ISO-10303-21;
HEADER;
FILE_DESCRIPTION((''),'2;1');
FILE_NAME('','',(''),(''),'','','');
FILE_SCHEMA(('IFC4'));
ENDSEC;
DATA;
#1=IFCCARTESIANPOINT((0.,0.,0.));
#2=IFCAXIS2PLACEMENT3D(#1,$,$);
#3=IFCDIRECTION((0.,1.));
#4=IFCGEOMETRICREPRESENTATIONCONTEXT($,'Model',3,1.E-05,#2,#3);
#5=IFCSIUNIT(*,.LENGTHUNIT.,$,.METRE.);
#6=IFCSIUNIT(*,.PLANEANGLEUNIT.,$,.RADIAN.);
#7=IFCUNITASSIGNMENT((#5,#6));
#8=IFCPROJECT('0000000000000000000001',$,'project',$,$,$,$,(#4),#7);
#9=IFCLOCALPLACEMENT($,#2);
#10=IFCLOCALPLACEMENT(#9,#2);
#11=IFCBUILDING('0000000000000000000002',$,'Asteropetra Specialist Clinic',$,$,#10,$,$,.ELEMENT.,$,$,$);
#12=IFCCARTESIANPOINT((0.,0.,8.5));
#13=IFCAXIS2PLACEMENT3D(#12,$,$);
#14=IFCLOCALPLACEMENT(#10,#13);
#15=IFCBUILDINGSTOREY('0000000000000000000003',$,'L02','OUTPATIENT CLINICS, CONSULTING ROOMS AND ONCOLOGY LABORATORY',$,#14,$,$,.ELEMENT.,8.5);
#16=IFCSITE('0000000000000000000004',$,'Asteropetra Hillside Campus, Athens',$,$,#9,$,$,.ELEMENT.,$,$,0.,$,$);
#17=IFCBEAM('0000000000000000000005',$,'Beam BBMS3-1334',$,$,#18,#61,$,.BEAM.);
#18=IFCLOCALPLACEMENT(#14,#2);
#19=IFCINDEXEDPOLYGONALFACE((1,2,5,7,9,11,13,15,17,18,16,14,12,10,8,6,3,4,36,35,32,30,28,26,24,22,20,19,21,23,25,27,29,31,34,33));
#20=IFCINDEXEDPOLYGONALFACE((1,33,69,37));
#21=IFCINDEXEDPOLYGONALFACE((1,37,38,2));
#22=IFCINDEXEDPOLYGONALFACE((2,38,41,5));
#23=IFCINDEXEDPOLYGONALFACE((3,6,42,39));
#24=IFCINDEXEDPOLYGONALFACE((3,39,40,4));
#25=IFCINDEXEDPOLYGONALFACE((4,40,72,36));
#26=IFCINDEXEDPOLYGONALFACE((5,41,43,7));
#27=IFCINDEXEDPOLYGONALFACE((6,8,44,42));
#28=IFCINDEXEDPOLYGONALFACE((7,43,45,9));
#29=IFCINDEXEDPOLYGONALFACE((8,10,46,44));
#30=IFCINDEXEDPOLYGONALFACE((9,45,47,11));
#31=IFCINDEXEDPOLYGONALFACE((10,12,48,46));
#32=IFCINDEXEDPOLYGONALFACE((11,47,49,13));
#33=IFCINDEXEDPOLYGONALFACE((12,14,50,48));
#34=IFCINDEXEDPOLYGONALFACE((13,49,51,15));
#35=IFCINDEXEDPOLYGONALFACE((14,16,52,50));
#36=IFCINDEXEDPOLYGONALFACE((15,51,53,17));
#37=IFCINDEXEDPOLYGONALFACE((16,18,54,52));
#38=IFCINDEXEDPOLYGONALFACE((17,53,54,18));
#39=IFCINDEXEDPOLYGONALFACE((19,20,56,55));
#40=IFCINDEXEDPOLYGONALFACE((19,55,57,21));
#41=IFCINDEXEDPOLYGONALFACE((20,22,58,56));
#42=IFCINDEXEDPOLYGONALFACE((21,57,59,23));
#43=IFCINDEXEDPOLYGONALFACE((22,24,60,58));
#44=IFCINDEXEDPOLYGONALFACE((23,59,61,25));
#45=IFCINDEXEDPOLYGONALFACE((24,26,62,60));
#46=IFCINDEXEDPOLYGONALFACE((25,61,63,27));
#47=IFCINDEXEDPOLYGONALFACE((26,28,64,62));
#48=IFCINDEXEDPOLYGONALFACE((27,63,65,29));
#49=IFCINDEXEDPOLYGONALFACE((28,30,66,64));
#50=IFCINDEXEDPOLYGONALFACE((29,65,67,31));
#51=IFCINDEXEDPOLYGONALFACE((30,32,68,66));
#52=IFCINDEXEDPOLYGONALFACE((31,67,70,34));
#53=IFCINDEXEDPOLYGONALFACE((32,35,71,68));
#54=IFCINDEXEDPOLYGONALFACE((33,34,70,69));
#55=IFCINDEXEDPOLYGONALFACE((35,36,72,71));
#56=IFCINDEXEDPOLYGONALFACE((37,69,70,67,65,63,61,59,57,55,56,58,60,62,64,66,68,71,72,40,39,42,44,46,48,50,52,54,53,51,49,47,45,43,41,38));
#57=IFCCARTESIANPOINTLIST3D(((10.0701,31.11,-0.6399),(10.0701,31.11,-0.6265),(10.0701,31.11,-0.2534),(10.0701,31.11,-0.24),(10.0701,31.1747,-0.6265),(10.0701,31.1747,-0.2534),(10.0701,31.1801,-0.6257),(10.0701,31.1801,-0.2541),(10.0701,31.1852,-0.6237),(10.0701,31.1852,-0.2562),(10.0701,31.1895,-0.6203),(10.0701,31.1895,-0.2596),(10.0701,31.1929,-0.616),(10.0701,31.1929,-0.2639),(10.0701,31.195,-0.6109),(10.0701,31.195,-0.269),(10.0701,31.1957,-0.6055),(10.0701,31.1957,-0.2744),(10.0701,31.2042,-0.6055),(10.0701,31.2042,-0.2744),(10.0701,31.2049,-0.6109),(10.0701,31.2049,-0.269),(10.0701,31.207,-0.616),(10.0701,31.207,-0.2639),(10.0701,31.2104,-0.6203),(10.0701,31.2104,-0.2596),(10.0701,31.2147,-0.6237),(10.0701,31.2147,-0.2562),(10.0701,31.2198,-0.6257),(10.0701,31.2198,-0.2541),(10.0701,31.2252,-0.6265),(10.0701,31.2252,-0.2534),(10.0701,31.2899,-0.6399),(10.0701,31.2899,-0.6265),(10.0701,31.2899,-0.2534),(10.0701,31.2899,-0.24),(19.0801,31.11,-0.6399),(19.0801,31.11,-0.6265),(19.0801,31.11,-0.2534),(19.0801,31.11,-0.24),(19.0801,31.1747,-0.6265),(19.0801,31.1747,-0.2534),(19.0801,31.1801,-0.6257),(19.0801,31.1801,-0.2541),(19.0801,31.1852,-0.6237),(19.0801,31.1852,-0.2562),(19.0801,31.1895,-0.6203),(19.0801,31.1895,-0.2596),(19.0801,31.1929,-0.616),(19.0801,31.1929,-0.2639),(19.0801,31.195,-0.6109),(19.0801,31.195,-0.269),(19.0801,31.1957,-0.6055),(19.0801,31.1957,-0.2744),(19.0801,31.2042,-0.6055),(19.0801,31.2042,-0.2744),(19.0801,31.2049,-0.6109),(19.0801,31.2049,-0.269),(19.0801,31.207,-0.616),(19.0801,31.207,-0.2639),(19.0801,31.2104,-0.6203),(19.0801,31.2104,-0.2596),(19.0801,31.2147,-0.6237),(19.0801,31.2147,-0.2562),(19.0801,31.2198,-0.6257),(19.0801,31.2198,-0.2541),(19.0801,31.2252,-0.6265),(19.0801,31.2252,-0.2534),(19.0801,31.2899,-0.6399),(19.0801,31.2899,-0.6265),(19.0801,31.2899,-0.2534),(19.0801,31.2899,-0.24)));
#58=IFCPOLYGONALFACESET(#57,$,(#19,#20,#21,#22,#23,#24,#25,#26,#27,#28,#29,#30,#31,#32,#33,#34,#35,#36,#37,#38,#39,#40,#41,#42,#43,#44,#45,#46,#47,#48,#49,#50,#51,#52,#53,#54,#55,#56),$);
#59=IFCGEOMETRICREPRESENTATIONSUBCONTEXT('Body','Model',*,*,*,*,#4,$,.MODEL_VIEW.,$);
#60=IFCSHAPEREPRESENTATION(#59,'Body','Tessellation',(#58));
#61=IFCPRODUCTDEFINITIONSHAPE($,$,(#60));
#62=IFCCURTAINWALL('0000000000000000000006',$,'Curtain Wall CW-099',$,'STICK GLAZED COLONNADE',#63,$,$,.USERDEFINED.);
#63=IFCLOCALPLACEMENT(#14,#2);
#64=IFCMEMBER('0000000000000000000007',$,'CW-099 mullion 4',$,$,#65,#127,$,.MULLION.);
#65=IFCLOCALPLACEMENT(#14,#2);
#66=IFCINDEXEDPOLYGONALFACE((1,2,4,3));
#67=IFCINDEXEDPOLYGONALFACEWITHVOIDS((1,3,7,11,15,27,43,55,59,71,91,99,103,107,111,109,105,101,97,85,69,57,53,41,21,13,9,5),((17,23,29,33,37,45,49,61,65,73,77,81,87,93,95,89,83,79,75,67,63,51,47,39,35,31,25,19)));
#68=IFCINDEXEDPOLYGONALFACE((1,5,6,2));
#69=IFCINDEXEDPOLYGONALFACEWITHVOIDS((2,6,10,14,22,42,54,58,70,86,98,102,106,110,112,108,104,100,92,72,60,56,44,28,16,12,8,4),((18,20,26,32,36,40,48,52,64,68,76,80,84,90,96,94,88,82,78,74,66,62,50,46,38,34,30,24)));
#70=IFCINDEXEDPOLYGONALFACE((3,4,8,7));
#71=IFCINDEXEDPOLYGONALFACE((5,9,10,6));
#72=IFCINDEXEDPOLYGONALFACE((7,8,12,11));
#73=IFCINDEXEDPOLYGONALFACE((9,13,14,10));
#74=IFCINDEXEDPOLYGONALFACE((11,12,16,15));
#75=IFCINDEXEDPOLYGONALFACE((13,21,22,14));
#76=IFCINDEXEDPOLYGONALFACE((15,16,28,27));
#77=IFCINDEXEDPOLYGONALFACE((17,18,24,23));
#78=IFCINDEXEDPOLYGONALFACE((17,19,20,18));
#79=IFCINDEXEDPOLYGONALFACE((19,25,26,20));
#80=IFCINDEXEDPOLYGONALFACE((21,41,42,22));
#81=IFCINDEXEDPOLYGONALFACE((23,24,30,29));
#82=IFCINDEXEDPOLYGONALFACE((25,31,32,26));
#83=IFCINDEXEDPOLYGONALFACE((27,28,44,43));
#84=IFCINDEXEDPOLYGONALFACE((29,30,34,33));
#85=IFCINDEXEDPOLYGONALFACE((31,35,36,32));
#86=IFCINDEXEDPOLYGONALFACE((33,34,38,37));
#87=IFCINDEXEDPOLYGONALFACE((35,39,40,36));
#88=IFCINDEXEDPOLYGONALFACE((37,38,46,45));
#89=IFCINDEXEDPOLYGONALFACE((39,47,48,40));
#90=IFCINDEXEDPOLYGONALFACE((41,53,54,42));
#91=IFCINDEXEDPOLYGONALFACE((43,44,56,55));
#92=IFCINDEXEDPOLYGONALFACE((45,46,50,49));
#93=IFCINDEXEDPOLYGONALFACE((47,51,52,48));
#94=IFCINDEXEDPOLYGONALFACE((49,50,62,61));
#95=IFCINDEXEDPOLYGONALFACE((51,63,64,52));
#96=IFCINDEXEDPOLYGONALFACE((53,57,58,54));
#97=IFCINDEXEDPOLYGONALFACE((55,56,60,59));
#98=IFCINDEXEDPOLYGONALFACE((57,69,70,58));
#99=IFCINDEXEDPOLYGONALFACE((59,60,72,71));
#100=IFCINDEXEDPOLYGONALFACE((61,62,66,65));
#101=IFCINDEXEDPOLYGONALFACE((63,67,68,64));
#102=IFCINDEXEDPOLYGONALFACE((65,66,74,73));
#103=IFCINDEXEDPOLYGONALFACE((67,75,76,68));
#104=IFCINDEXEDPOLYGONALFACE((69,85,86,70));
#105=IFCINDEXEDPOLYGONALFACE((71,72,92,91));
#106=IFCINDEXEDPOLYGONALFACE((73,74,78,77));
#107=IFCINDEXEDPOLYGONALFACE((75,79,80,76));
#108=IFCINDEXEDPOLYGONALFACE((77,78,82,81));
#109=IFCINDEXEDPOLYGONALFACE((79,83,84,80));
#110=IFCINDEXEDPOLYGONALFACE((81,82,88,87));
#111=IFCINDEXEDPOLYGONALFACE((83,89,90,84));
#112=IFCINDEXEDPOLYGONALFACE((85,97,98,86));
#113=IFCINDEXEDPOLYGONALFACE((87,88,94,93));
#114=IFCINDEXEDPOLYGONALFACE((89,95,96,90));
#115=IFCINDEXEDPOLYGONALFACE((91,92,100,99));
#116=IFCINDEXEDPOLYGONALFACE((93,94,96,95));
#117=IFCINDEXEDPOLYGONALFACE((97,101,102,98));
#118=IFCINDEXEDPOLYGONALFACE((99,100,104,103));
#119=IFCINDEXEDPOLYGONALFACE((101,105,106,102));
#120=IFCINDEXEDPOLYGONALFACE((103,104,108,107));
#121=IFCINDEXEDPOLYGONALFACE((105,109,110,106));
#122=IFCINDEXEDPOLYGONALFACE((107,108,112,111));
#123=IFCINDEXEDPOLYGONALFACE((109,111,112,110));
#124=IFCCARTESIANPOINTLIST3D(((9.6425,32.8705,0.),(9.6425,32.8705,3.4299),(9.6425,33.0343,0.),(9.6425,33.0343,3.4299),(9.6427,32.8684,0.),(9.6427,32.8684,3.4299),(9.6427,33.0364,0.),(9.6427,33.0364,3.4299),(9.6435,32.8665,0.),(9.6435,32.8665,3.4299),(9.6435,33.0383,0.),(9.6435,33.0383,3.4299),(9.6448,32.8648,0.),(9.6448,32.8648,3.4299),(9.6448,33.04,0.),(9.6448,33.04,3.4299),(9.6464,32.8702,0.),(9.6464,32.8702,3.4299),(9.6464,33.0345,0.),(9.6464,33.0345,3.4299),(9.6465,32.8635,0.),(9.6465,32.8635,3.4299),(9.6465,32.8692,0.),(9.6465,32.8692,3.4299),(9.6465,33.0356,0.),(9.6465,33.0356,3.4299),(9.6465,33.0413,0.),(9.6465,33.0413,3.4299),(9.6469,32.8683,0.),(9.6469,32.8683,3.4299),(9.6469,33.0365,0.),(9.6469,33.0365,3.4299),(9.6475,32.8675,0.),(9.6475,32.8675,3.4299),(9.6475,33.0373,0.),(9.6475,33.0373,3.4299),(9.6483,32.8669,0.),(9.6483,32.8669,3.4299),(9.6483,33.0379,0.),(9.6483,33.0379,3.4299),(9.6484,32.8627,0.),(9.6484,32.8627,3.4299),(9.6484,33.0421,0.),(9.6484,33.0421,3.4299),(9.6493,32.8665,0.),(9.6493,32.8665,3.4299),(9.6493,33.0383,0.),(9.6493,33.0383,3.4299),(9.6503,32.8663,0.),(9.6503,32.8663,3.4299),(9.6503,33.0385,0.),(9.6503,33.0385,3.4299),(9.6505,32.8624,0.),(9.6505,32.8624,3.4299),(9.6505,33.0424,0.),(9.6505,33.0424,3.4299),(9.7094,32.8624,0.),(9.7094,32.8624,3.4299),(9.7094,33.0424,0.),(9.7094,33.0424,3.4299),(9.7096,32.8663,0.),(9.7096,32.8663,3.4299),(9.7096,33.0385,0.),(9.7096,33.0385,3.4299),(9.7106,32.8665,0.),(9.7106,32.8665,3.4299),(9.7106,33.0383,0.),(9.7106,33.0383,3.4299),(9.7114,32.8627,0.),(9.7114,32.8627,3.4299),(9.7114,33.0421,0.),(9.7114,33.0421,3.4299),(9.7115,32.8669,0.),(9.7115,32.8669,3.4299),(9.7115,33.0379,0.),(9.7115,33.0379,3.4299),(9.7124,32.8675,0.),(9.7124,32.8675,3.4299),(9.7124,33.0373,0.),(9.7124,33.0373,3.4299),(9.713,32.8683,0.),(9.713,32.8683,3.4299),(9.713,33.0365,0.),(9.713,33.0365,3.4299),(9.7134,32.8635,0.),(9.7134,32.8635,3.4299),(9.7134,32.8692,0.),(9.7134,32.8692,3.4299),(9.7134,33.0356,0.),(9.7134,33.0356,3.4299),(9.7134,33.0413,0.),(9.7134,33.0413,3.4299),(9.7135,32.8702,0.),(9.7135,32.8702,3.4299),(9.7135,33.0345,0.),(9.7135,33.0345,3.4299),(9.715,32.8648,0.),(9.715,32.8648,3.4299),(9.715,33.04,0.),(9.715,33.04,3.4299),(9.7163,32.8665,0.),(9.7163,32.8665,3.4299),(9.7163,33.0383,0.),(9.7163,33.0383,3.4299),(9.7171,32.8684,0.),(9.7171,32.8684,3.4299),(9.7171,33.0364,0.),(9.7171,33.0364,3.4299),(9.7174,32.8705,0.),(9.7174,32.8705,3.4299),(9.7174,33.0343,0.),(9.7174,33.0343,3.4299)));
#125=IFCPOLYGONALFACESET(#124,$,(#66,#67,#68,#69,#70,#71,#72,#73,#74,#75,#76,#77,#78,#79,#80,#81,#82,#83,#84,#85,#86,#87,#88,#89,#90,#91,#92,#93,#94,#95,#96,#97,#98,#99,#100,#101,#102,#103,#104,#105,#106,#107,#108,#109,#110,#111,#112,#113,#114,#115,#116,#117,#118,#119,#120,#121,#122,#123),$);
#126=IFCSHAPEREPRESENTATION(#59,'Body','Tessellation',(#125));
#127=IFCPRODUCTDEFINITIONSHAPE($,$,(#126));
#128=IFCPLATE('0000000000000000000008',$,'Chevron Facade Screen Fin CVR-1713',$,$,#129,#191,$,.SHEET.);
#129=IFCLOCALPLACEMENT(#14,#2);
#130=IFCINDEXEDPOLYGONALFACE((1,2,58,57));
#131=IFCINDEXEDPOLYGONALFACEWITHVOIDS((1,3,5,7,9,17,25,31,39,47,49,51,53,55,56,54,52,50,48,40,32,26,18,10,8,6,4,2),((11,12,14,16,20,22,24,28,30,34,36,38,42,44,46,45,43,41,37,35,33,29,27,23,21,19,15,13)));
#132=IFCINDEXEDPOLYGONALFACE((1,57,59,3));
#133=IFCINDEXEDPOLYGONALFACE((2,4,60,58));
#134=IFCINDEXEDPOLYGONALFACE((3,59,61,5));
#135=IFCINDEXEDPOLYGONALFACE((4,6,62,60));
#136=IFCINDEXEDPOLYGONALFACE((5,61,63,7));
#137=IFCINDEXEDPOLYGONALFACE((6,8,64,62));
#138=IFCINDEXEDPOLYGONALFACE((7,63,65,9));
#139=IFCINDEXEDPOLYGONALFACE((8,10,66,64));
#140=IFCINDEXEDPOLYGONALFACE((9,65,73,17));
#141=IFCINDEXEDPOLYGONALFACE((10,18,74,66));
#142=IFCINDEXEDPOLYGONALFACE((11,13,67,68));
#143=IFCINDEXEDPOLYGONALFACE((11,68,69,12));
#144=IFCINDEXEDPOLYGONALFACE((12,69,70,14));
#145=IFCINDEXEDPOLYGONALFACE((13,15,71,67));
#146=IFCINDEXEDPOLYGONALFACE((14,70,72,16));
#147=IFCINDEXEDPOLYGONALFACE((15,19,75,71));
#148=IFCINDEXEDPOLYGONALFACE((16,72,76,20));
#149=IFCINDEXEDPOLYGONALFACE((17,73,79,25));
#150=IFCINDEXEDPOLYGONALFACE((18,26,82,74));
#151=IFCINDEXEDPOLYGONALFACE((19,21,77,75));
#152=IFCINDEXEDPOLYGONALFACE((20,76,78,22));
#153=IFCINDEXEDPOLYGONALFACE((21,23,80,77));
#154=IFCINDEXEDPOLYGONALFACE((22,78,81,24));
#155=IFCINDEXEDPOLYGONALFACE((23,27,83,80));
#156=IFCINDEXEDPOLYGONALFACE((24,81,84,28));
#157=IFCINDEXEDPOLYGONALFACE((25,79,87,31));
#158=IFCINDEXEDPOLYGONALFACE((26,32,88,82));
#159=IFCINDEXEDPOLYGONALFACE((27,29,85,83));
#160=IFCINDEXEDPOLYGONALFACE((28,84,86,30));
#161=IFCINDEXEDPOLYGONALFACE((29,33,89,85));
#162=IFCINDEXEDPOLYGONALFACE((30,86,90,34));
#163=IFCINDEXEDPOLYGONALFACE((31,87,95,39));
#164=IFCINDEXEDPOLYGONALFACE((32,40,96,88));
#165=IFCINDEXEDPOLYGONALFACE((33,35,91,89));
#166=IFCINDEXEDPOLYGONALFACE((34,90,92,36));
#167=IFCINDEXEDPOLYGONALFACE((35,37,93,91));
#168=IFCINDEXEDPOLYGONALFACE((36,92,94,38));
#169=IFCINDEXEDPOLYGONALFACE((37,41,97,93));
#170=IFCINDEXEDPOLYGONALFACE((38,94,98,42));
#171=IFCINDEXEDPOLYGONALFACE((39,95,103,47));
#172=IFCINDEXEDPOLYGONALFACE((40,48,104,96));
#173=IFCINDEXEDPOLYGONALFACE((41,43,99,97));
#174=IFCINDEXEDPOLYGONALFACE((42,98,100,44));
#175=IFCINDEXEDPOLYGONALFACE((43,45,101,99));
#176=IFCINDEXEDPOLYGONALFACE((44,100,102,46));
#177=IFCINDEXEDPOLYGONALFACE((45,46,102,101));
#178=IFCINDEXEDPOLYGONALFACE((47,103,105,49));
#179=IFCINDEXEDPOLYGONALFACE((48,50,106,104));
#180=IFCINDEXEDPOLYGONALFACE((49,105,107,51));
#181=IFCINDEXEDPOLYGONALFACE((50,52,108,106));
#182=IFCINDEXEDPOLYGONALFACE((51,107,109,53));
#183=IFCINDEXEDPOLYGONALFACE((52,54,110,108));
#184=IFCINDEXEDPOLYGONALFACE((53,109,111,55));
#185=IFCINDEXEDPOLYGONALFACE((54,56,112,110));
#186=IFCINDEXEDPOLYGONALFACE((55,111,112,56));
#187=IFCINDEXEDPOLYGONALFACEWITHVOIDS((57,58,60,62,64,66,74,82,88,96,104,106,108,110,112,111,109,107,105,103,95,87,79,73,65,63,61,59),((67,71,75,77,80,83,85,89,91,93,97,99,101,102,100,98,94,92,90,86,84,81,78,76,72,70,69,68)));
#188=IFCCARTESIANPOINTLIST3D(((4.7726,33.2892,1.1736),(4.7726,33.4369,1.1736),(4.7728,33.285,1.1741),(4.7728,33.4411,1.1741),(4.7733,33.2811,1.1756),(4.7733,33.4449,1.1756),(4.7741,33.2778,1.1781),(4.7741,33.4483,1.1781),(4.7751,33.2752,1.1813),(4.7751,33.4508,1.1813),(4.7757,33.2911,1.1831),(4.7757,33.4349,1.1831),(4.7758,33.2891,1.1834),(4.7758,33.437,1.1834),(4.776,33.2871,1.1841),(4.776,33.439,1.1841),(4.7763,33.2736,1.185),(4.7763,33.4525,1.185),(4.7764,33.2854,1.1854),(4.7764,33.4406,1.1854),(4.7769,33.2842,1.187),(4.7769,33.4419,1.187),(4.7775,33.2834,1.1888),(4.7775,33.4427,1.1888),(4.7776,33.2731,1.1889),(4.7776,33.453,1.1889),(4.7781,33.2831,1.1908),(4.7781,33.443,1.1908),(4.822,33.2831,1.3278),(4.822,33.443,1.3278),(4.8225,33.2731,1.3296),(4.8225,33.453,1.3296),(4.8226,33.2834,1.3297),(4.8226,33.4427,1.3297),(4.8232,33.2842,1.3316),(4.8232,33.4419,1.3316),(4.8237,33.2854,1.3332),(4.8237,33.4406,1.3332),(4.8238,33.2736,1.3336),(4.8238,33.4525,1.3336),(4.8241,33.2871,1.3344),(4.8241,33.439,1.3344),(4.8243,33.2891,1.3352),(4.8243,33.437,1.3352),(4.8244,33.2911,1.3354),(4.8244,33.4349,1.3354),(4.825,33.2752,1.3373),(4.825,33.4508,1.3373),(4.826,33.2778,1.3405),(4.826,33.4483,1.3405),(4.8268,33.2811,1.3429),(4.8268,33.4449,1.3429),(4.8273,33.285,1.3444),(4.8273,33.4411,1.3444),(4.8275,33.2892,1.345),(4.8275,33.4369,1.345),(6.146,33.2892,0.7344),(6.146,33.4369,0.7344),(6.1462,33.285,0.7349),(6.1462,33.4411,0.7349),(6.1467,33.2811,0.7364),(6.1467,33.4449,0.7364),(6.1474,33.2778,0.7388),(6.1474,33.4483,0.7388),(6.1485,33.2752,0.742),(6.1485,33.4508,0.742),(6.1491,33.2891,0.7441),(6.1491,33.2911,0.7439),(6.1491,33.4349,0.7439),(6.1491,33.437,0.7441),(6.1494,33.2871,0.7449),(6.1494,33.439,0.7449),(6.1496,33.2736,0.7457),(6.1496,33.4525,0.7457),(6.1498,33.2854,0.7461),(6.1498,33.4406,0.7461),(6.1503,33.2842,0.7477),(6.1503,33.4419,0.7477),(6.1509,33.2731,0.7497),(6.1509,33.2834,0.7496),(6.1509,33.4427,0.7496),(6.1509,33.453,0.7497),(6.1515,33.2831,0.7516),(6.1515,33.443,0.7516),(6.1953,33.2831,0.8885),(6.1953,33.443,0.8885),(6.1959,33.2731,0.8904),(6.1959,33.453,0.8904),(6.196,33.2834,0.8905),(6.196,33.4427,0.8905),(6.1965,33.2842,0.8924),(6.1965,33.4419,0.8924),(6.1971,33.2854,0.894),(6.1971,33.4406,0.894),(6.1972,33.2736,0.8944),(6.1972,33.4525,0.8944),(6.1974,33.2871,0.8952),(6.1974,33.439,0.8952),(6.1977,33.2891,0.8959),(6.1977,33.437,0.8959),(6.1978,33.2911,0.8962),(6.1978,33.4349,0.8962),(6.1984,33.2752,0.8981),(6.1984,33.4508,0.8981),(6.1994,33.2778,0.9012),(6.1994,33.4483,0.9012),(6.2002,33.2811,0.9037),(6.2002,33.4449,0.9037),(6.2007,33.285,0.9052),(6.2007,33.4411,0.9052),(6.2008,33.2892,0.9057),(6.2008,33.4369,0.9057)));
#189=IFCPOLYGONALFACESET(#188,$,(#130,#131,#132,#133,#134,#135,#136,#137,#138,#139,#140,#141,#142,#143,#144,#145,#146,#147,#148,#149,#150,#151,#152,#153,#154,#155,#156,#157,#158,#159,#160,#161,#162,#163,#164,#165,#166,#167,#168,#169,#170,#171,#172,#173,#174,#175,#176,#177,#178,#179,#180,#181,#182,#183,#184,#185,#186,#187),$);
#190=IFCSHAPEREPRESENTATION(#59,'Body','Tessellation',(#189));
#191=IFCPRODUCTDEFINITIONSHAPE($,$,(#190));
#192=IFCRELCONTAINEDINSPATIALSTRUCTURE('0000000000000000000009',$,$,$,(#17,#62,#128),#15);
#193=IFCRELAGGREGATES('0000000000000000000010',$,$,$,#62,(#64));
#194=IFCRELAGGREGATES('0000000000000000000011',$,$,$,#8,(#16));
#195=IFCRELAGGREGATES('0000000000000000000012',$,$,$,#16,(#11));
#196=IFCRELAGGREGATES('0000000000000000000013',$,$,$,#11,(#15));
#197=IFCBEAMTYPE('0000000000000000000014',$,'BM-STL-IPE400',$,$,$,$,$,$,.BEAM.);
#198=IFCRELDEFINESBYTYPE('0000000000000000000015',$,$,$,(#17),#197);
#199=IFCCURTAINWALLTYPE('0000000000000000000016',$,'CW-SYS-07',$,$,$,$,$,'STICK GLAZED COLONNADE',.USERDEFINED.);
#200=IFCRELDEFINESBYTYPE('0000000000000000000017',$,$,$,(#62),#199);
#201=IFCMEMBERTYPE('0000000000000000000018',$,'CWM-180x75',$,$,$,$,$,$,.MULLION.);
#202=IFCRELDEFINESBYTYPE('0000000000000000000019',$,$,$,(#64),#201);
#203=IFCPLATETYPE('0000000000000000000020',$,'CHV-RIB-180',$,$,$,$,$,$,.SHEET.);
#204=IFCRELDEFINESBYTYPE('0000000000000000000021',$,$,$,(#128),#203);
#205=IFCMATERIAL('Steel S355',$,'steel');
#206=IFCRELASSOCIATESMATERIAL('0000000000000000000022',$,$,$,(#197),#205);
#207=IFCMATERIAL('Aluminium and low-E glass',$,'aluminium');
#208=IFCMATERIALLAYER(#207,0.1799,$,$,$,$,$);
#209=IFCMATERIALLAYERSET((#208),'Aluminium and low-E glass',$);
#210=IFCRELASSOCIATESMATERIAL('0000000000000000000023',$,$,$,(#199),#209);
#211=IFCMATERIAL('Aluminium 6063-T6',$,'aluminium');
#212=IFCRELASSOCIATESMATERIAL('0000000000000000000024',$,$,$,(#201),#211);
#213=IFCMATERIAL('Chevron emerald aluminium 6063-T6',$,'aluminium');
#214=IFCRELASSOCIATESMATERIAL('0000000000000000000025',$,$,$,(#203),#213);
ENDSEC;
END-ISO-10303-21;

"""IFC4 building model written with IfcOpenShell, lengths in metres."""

from ifc_helpers import new_model, si_unit, direction, frame, origin, origin_2d, place, context, subcontext, project, spatial, hollow_rectangle, i_section, extrude, material, layer, layer_set, material_profile, profile_set, type_object, element, aggregate, save


model = new_model("IFC4")

# Units and contexts
model_context = context("Model", 3, precision=1e-05, world=origin(), true_north=direction((0.0, 1.0)))
body_context = subcontext(model_context, "Body", "Model", "MODEL_VIEW")
ifc_project = project(units=[si_unit("LENGTHUNIT", "METRE"), si_unit("PLANEANGLEUNIT", "RADIAN")], contexts=[model_context])

# Site, building, storey
site_placement = place(None, origin())
site = spatial("IfcSite", under=ifc_project, at=site_placement, Name="Asteropetra Hillside Campus, Athens", CompositionType="ELEMENT", RefElevation=0.0)
building_placement = place(site_placement, origin())
building = spatial("IfcBuilding", under=site, at=building_placement, Name="Asteropetra Specialist Clinic", CompositionType="ELEMENT")
storey_placement = place(building_placement, frame((0.0, 0.0, 8.5)))
storey = spatial("IfcBuildingStorey", under=building, at=storey_placement, Name="L02", Description="OUTPATIENT CLINICS, CONSULTING ROOMS AND ONCOLOGY LABORATORY", CompositionType="ELEMENT", Elevation=8.5)

# Beam
ifc_material_1 = material(Name="Steel S355", Category="steel")
ifc_material_profile_1 = material_profile(ifc_material_1, i_section(OverallWidth=0.1799, OverallDepth=0.3999, WebThickness=0.0085, FlangeThickness=0.0134, FilletRadius=0.021, at=origin_2d()), Name="IPE 400")
ifc_profile_set_1 = profile_set([ifc_material_profile_1], Name="Steel S355")
beam_type = type_object("IfcBeamType", Name="BM-STL-IPE400", PredefinedType="BEAM", material=ifc_profile_set_1)
beam_placement = place(storey_placement, frame((10.0701, 31.2, -0.4399), z_axis=(1.0, 0.0, 0.0), x_axis=(0.0, 1.0, 0.0)))
element("IfcBeam", 1, at=beam_placement, inside=storey, type_object=beam_type, Name="Beam BBMS3-1334", PredefinedType="BEAM", context=body_context, shape_type="SweptSolid", body=[
    extrude(i_section(OverallWidth=0.1799, OverallDepth=0.3999, WebThickness=0.0085, FlangeThickness=0.0134, FilletRadius=0.021, at=origin_2d()), origin(), (0.0, 0.0, 1.0), 9.01),
])

# Curtain wall, member
ifc_material_2 = material(Name="Aluminium and low-E glass", Category="aluminium")
ifc_layer_1 = layer(ifc_material_2, 0.1799)
ifc_layer_set_1 = layer_set([ifc_layer_1], Name="Aluminium and low-E glass")
curtain_wall_type = type_object("IfcCurtainWallType", Name="CW-SYS-07", ElementType="STICK GLAZED COLONNADE", PredefinedType="USERDEFINED", material=ifc_layer_set_1)
curtain_wall_placement = place(storey_placement, origin())
curtain_wall = element("IfcCurtainWall", 2, at=curtain_wall_placement, inside=storey, type_object=curtain_wall_type, Name="Curtain Wall CW-099", ObjectType="STICK GLAZED COLONNADE", PredefinedType="USERDEFINED")
ifc_material_3 = material(Name="Aluminium 6063-T6", Category="aluminium")
ifc_material_profile_2 = material_profile(ifc_material_3, hollow_rectangle(XDim=0.075, YDim=0.1799, WallThickness=0.0039, InnerFilletRadius=0.0039, OuterFilletRadius=0.0081, at=origin_2d()), Name="MUL 180x75x4.0")
ifc_profile_set_2 = profile_set([ifc_material_profile_2], Name="Aluminium 6063-T6")
member_type = type_object("IfcMemberType", Name="CWM-180x75", PredefinedType="MULLION", material=ifc_profile_set_2)
member_placement = place(storey_placement, frame((9.6799, 32.9524, 0.0), z_axis=(0.0, 0.0, 1.0), x_axis=(-1.0, 0.0, 0.0)))
member = element("IfcMember", 3, at=member_placement, type_object=member_type, Name="CW-099 mullion 4", PredefinedType="MULLION", context=body_context, shape_type="SweptSolid", body=[
    extrude(hollow_rectangle(XDim=0.075, YDim=0.1799, WallThickness=0.0039, InnerFilletRadius=0.0039, OuterFilletRadius=0.0081, at=origin_2d()), origin(), (0.0, 0.0, 1.0), 3.4299),
])

# Plate
ifc_material_4 = material(Name="Chevron emerald aluminium 6063-T6", Category="aluminium")
ifc_material_profile_3 = material_profile(ifc_material_4, hollow_rectangle(XDim=0.1799, YDim=0.1799, WallThickness=0.01, InnerFilletRadius=0.0081, OuterFilletRadius=0.0161, at=origin_2d()), Name="SHS 180x180x10.0")
ifc_profile_set_3 = profile_set([ifc_material_profile_3], Name="Chevron emerald aluminium 6063-T6")
plate_type_1 = type_object("IfcPlateType", Name="CHV-RIB-180", PredefinedType="SHEET", material=ifc_profile_set_3)
for number, where, z_axis, x_axis, name in (
    (4, (4.8, 33.363, 1.2593), (0.952473, 0.0, -0.304622), (0.0, 1.0, 0.0), "Chevron Facade Screen Fin CVR-1713"),
):
    element("IfcPlate", number, at=place(storey_placement, frame(where, z_axis=z_axis, x_axis=x_axis)), inside=storey, type_object=plate_type_1, Name=name, PredefinedType="SHEET", context=body_context, shape_type="SweptSolid", body=[
        extrude(hollow_rectangle(XDim=0.1799, YDim=0.1799, WallThickness=0.01, InnerFilletRadius=0.0081, OuterFilletRadius=0.0161, at=origin_2d()), origin(), (0.0, 0.0, 1.0), 1.4419),
    ])

aggregate(curtain_wall, [member])

save(model, "model.ifc")
